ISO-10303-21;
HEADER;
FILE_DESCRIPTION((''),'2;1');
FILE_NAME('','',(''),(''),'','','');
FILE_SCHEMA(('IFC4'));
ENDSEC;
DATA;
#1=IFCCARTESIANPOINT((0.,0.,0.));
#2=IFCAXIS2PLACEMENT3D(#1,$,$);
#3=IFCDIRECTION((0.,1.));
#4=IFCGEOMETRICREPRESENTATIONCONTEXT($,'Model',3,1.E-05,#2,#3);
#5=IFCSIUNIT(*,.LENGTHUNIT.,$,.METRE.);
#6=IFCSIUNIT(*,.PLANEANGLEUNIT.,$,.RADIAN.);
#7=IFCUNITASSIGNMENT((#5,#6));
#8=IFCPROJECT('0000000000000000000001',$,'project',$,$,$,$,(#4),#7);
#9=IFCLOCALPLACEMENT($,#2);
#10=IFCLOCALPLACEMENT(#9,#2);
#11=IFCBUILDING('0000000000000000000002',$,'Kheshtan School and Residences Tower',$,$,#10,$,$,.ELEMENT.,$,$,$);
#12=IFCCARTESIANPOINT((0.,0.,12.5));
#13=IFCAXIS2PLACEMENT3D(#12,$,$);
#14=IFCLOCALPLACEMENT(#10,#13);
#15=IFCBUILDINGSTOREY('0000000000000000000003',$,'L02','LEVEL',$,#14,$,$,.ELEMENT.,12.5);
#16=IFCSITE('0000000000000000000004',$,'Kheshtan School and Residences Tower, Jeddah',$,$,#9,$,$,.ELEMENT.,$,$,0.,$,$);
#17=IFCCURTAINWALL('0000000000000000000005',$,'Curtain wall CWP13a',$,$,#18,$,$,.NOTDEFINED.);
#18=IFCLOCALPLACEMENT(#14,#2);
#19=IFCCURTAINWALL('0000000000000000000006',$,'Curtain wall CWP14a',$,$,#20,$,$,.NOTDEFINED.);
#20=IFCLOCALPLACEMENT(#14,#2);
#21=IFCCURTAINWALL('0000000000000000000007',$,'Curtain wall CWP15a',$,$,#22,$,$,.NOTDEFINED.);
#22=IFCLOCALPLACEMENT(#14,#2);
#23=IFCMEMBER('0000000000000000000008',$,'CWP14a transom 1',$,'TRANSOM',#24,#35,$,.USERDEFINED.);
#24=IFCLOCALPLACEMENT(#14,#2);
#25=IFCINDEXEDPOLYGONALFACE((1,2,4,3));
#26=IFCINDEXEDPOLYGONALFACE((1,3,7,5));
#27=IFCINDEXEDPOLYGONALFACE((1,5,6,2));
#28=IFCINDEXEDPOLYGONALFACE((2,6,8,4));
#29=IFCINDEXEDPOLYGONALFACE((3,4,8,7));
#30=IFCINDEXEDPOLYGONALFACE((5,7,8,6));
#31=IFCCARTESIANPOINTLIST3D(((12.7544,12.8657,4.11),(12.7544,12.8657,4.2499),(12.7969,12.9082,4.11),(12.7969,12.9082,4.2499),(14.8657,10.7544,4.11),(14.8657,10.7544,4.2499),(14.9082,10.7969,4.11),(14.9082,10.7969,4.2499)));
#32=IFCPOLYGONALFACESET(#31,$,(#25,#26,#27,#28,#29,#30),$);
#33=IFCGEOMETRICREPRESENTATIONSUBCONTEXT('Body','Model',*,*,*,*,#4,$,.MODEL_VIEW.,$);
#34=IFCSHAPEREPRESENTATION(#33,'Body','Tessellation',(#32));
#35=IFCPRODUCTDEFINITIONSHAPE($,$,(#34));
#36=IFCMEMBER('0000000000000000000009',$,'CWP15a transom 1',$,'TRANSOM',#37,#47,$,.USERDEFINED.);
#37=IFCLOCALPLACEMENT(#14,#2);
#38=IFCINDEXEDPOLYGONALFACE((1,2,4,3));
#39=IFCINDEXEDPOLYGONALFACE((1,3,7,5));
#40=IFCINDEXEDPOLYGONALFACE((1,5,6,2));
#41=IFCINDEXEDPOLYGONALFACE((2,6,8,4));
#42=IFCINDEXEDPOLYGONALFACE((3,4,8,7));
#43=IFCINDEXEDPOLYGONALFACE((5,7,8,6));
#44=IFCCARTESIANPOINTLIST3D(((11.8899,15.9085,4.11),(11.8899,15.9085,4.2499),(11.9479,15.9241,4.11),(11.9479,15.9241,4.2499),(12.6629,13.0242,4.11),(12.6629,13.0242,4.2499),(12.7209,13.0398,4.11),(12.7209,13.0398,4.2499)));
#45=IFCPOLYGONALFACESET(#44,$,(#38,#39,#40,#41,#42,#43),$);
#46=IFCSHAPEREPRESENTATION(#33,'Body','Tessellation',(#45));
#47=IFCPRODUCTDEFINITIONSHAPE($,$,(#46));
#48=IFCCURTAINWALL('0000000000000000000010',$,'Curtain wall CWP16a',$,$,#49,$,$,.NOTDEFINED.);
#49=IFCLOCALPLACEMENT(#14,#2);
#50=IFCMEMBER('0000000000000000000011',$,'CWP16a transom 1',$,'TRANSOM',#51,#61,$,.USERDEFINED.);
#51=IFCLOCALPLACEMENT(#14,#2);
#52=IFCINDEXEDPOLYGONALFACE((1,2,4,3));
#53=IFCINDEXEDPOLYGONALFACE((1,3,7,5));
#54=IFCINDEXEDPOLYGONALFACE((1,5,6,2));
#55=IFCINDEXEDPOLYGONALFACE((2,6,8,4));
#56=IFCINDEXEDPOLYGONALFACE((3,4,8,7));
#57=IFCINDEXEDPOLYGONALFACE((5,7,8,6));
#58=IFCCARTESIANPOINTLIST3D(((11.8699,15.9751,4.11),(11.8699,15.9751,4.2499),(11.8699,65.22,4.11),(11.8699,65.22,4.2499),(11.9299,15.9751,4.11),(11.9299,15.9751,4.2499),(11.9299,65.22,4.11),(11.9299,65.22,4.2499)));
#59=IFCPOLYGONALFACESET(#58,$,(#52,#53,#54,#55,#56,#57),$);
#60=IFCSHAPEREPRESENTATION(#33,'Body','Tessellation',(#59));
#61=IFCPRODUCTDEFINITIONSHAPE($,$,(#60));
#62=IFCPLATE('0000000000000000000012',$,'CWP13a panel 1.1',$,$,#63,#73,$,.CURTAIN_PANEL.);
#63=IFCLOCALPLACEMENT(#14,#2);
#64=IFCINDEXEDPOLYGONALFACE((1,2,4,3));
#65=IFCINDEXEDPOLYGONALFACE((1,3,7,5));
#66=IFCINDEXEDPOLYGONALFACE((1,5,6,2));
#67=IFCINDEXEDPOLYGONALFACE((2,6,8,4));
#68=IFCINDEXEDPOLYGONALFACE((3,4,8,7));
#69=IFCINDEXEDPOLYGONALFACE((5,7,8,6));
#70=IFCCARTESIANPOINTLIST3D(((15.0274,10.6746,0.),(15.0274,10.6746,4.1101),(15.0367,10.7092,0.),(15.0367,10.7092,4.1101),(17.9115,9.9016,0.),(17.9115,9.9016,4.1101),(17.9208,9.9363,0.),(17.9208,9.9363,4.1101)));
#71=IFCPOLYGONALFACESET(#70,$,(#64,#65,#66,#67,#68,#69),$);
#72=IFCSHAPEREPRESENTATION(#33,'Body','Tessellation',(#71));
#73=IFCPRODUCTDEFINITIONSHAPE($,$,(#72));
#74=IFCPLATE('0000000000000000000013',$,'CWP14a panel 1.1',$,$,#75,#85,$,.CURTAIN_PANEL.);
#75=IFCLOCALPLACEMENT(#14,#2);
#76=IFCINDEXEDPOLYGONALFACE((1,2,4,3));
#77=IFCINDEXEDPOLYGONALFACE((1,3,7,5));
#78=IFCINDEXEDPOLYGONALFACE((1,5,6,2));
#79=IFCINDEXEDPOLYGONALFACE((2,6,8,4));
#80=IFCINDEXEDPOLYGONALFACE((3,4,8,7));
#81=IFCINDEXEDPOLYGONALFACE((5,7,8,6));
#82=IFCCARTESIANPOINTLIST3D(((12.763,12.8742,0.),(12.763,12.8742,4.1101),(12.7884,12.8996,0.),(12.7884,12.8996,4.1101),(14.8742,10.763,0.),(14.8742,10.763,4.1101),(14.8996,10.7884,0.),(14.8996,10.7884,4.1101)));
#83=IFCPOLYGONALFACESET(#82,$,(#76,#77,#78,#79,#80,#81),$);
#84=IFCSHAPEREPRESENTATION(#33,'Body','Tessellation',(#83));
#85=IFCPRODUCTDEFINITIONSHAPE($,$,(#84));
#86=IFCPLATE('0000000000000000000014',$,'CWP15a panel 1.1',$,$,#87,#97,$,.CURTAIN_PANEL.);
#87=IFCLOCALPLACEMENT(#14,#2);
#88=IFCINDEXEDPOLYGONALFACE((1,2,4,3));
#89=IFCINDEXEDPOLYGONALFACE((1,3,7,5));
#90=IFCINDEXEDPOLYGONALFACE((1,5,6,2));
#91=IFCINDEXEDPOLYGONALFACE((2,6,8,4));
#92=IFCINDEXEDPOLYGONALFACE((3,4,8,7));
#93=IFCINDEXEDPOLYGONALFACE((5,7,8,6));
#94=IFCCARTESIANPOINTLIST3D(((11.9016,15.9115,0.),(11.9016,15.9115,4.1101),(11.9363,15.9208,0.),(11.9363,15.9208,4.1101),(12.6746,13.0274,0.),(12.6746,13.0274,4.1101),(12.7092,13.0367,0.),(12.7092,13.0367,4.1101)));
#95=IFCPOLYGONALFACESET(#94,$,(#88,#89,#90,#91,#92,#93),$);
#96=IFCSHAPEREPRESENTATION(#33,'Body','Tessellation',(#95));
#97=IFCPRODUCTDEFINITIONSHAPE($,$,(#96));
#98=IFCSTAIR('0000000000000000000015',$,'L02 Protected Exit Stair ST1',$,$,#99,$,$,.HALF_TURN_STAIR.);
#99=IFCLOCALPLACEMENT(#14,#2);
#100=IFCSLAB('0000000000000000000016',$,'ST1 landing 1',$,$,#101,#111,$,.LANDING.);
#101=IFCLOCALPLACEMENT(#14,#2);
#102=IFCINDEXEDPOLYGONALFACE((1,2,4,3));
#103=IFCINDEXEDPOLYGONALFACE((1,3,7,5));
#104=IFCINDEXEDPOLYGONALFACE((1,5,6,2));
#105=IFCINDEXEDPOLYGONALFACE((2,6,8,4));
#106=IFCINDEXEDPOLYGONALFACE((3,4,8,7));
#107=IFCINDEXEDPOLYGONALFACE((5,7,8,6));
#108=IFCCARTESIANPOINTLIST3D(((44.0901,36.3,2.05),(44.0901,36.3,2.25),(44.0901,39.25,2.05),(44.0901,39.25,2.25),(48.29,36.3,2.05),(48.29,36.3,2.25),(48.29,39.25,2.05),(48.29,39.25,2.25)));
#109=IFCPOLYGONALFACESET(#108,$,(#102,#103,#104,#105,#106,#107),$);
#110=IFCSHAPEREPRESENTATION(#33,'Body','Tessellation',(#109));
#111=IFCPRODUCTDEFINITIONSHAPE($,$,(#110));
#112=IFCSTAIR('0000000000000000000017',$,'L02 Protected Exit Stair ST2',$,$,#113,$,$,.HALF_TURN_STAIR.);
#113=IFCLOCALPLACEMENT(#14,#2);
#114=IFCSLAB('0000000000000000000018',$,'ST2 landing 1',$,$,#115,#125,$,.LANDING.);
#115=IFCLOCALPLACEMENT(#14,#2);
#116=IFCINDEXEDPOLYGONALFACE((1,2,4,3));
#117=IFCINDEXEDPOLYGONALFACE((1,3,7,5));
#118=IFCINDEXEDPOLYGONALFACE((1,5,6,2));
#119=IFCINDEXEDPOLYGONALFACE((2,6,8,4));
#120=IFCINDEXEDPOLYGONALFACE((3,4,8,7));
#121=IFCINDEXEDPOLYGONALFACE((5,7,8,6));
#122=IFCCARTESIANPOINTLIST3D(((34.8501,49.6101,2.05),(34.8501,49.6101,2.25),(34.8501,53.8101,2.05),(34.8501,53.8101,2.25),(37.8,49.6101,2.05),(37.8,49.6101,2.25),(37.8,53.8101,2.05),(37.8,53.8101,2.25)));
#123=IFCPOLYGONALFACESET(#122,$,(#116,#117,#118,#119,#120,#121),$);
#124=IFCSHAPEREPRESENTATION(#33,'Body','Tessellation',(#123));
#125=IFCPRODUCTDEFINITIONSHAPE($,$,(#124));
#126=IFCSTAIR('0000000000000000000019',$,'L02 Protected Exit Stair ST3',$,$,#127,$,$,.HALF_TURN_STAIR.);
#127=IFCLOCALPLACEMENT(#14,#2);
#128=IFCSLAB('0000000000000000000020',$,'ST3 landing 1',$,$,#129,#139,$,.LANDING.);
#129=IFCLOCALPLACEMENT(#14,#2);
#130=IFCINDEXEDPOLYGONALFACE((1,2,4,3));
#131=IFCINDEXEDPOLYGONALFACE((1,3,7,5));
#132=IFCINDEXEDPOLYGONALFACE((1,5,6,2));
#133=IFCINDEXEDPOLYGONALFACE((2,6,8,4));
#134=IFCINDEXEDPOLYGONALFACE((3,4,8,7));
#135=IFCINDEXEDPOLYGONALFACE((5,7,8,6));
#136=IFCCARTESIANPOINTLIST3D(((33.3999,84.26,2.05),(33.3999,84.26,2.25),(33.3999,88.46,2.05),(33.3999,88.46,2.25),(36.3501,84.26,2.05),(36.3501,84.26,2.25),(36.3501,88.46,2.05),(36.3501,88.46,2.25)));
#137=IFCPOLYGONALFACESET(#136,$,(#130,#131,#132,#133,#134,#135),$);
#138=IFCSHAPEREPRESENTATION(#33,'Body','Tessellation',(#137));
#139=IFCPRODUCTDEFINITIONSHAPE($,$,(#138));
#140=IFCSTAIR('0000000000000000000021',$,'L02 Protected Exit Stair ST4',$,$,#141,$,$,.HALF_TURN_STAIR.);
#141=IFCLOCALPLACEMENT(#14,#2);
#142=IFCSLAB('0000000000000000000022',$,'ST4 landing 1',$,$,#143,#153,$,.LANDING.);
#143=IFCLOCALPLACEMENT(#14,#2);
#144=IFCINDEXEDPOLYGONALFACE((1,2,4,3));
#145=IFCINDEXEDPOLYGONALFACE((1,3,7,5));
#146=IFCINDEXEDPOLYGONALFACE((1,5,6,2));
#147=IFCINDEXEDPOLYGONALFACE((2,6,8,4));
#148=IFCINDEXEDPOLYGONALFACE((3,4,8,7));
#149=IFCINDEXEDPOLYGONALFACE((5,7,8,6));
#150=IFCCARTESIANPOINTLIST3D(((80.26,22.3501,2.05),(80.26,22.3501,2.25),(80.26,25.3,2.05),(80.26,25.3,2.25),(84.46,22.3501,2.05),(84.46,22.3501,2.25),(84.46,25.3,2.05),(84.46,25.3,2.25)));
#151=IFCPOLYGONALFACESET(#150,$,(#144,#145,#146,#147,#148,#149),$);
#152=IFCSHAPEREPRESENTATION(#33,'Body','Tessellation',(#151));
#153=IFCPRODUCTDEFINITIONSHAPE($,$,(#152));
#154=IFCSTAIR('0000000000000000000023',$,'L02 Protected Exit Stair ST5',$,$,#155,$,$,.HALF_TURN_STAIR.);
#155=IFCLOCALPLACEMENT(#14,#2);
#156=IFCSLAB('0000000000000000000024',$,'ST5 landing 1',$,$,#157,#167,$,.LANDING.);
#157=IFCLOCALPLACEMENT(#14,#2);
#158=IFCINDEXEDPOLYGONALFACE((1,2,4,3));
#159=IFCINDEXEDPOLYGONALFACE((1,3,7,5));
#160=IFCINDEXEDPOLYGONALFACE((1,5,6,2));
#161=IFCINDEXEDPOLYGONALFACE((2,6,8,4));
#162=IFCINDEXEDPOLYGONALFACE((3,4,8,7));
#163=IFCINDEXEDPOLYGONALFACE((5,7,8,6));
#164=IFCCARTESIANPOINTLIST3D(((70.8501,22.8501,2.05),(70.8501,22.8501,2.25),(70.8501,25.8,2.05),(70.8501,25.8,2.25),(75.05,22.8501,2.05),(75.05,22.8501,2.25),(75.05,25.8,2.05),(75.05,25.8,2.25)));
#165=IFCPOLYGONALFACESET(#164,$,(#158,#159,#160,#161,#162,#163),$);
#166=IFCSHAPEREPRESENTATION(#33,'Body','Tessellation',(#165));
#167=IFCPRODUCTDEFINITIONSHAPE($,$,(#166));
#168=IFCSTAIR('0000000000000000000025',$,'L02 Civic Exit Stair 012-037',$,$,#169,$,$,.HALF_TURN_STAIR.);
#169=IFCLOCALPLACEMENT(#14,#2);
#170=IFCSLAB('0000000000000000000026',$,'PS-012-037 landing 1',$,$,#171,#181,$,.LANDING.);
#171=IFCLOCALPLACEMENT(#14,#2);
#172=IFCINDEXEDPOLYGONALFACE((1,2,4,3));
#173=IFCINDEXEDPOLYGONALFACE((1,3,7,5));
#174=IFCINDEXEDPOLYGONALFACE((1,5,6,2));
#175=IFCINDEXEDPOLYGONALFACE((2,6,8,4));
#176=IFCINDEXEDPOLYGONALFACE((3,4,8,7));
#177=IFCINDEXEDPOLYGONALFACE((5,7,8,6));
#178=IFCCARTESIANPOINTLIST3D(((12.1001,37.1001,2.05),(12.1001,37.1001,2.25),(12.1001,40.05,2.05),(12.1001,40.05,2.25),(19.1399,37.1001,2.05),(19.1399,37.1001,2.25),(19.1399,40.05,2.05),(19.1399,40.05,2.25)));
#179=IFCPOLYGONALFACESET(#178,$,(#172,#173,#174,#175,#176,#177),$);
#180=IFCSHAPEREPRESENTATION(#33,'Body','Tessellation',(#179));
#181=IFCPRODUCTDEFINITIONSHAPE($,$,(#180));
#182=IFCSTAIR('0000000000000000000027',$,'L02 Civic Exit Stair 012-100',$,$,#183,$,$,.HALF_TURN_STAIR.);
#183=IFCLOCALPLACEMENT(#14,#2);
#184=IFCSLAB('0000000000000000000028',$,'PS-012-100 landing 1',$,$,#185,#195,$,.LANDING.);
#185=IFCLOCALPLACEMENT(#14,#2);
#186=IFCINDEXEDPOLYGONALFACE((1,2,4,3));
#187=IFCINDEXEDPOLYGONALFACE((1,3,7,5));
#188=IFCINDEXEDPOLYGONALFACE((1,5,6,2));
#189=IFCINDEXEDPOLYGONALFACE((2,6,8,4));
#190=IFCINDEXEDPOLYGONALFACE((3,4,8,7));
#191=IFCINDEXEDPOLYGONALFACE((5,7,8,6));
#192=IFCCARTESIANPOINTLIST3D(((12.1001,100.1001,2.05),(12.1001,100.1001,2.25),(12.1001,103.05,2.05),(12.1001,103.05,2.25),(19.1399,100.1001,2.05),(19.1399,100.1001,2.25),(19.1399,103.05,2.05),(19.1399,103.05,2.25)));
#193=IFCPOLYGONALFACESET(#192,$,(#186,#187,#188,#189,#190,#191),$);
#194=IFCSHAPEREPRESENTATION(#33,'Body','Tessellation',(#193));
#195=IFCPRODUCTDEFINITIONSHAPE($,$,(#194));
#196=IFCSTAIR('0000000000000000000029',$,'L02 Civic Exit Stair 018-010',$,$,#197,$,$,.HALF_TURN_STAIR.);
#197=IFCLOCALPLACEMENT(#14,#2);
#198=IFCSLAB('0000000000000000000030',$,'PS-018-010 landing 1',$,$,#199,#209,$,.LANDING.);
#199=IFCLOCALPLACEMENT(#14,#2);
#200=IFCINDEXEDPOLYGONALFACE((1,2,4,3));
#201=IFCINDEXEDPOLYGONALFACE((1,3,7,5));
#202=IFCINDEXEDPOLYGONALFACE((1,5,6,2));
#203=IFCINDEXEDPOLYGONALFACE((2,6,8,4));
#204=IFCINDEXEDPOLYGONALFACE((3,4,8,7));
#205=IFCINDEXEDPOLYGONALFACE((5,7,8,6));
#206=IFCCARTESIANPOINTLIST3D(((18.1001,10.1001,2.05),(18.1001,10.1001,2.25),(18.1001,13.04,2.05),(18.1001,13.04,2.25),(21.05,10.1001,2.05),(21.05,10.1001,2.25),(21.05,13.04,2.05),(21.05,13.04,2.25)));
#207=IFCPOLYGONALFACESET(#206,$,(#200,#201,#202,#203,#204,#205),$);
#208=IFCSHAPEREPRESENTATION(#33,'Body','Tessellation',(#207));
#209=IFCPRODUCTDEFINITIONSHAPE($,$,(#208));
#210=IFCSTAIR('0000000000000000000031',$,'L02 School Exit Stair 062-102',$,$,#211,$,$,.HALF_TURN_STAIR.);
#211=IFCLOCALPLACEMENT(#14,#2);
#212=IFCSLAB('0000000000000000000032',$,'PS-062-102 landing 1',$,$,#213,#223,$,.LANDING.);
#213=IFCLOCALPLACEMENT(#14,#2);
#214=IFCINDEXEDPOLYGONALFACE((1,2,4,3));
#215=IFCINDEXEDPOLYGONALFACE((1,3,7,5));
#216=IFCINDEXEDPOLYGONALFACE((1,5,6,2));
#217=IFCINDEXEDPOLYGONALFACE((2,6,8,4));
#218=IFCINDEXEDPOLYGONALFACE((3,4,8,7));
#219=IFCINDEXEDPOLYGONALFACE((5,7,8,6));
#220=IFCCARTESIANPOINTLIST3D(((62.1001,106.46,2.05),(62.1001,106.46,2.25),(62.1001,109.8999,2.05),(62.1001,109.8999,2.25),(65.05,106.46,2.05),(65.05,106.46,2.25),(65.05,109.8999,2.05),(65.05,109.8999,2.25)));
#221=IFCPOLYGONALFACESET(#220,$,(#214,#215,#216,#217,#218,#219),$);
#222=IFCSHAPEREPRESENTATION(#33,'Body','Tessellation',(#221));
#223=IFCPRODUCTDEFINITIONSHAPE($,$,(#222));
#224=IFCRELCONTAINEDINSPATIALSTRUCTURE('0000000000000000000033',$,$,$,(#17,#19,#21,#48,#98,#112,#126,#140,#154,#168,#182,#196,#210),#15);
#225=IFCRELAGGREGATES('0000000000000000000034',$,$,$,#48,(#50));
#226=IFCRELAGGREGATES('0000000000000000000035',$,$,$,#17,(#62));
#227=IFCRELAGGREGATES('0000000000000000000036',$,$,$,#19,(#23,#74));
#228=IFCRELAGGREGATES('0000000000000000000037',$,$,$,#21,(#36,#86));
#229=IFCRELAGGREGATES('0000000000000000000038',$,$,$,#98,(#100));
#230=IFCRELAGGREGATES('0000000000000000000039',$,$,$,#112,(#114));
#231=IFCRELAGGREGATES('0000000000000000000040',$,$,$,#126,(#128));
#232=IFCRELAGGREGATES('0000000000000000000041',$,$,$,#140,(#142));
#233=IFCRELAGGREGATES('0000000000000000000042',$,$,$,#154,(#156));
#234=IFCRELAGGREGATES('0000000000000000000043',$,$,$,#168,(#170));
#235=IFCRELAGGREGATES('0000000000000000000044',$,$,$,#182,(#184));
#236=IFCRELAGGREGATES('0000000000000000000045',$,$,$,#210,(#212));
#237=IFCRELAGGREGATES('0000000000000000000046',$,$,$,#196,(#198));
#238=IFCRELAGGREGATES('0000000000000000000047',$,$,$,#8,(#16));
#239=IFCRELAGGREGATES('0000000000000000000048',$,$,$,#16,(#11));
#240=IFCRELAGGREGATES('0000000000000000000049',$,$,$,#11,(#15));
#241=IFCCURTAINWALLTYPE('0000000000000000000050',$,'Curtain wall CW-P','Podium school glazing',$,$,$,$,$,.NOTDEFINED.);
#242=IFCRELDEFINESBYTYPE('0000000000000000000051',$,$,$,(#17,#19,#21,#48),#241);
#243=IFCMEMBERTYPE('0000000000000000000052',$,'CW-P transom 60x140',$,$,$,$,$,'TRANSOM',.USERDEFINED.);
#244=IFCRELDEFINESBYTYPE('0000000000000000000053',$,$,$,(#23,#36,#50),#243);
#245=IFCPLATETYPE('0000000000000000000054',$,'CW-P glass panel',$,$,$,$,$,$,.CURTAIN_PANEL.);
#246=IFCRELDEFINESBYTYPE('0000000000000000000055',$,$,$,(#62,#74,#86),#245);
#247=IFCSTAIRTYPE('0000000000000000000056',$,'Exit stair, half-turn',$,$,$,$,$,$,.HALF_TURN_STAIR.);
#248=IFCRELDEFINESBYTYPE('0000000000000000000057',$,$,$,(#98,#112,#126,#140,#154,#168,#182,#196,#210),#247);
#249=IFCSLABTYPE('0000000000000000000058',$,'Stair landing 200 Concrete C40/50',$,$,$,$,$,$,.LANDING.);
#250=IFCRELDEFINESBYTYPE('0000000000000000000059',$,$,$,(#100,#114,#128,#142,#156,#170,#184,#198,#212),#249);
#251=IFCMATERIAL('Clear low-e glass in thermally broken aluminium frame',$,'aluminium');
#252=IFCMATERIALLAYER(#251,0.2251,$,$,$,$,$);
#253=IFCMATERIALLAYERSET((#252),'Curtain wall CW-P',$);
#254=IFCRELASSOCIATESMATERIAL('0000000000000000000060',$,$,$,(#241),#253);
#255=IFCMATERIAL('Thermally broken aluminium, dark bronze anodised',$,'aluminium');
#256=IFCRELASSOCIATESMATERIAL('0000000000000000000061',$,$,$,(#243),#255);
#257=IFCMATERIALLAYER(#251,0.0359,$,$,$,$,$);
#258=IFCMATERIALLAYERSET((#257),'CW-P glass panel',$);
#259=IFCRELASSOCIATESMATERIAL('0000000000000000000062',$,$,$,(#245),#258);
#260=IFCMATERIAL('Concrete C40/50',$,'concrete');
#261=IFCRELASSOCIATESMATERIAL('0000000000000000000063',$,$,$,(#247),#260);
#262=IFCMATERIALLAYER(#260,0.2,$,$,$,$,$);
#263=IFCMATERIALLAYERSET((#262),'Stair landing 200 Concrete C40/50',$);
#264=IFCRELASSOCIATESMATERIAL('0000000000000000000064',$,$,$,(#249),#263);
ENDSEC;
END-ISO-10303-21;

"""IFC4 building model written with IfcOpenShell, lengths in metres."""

from ifc_helpers import new_model, si_unit, direction, frame, origin, origin_2d, place, context, subcontext, project, spatial, polyline, rectangle, outline, extrude, material, layer, layer_set, material_profile, profile_set, type_object, element, aggregate, save


model = new_model("IFC4")

# Units and contexts
model_context = context("Model", 3, precision=1e-05, world=origin(), true_north=direction((0.0, 1.0)))
body_context = subcontext(model_context, "Body", "Model", "MODEL_VIEW")
ifc_project = project(units=[si_unit("LENGTHUNIT", "METRE"), si_unit("PLANEANGLEUNIT", "RADIAN")], contexts=[model_context])

# Site, building, storey
site_placement = place(None, origin())
site = spatial("IfcSite", under=ifc_project, at=site_placement, Name="Kheshtan School and Residences Tower, Jeddah", CompositionType="ELEMENT", RefElevation=0.0)
building_placement = place(site_placement, origin())
building = spatial("IfcBuilding", under=site, at=building_placement, Name="Kheshtan School and Residences Tower", CompositionType="ELEMENT")
storey_placement = place(building_placement, frame((0.0, 0.0, 12.5)))
storey = spatial("IfcBuildingStorey", under=building, at=storey_placement, Name="L02", Description="LEVEL", CompositionType="ELEMENT", Elevation=12.5)

# Curtain walls
ifc_material_1 = material(Name="Clear low-e glass in thermally broken aluminium frame", Category="aluminium")
ifc_layer_1 = layer(ifc_material_1, 0.2251)
ifc_layer_set_1 = layer_set([ifc_layer_1], Name="Curtain wall CW-P")
curtain_wall_type = type_object("IfcCurtainWallType", Name="Curtain wall CW-P", Description="Podium school glazing", PredefinedType="NOTDEFINED", material=ifc_layer_set_1)
curtain_wall_1_placement = place(storey_placement, origin())
curtain_wall_1 = element("IfcCurtainWall", 1, at=curtain_wall_1_placement, inside=storey, type_object=curtain_wall_type, Name="Curtain wall CWP13a", PredefinedType="NOTDEFINED")
ifc_material_2 = material(Name="Thermally broken aluminium, dark bronze anodised", Category="aluminium")
curtain_wall_2_placement = place(storey_placement, origin())
curtain_wall_2 = element("IfcCurtainWall", 2, at=curtain_wall_2_placement, inside=storey, type_object=curtain_wall_type, Name="Curtain wall CWP14a", PredefinedType="NOTDEFINED")
curtain_wall_3_placement = place(storey_placement, origin())
curtain_wall_3 = element("IfcCurtainWall", 3, at=curtain_wall_3_placement, inside=storey, type_object=curtain_wall_type, Name="Curtain wall CWP15a", PredefinedType="NOTDEFINED")

# Members
ifc_material_profile_1 = material_profile(ifc_material_2, rectangle(XDim=0.0601, YDim=0.1399, at=origin_2d()), Name="CW-P transom 60x140")
ifc_profile_set_1 = profile_set([ifc_material_profile_1], Name="Thermally broken aluminium, dark bronze anodised")
member_type_1 = type_object("IfcMemberType", Name="CW-P transom 60x140", ElementType="TRANSOM", PredefinedType="USERDEFINED", material=ifc_profile_set_1)
member_1_placement = place(storey_placement, frame((14.887, 10.7756, 4.1799), z_axis=(-0.707107, 0.707107, 0.0), x_axis=(-0.707107, -0.707107, 0.0)))
member_1 = element("IfcMember", 4, at=member_1_placement, type_object=member_type_1, Name="CWP14a transom 1", ObjectType="TRANSOM", PredefinedType="USERDEFINED", context=body_context, shape_type="SweptSolid", body=[
    extrude(rectangle(XDim=0.0601, YDim=0.1399, at=origin_2d()), origin(), (0.0, 0.0, 1.0), 2.9858),
])
member_2_placement = place(storey_placement, frame((12.6919, 13.032, 4.1799), z_axis=(-0.258853, 0.965917, 0.0), x_axis=(-0.965917, -0.258853, 0.0)))
member_2 = element("IfcMember", 5, at=member_2_placement, type_object=member_type_1, Name="CWP15a transom 1", ObjectType="TRANSOM", PredefinedType="USERDEFINED", context=body_context, shape_type="SweptSolid", body=[
    extrude(rectangle(XDim=0.0601, YDim=0.1399, at=origin_2d()), origin(), (0.0, 0.0, 1.0), 2.9861),
])

# Curtain wall, member
curtain_wall_4_placement = place(storey_placement, origin())
curtain_wall_4 = element("IfcCurtainWall", 6, at=curtain_wall_4_placement, inside=storey, type_object=curtain_wall_type, Name="Curtain wall CWP16a", PredefinedType="NOTDEFINED")
member_3_placement = place(storey_placement, frame((11.8999, 15.9751, 4.1799), z_axis=(0.0, 1.0, 0.0), x_axis=(-1.0, 0.0, 0.0)))
member_3 = element("IfcMember", 7, at=member_3_placement, type_object=member_type_1, Name="CWP16a transom 1", ObjectType="TRANSOM", PredefinedType="USERDEFINED", context=body_context, shape_type="SweptSolid", body=[
    extrude(rectangle(XDim=0.0601, YDim=0.1399, at=origin_2d()), origin(), (0.0, 0.0, 1.0), 49.2449),
])
aggregate(curtain_wall_4, [member_3])

# Plates
ifc_layer_2 = layer(ifc_material_1, 0.0359)
ifc_layer_set_2 = layer_set([ifc_layer_2], Name="CW-P glass panel")
plate_type = type_object("IfcPlateType", Name="CW-P glass panel", PredefinedType="CURTAIN_PANEL", material=ifc_layer_set_2)
plate_1_placement = place(storey_placement, frame((16.4741, 10.3054, 0.0), z_axis=(0.0, 0.0, 1.0), x_axis=(-0.965914, 0.258865, 0.0)))
plate_1 = element("IfcPlate", 8, at=plate_1_placement, type_object=plate_type, Name="CWP13a panel 1.1", PredefinedType="CURTAIN_PANEL", context=body_context, shape_type="SweptSolid", body=[
    extrude(rectangle(XDim=2.9858, YDim=0.0359, at=origin_2d()), origin(), (0.0, 0.0, 1.0), 4.1101),
])
aggregate(curtain_wall_1, [plate_1])
plate_2_placement = place(storey_placement, frame((13.8313, 11.8313, 0.0), z_axis=(0.0, 0.0, 1.0), x_axis=(-0.707107, 0.707107, 0.0)))
plate_2 = element("IfcPlate", 9, at=plate_2_placement, type_object=plate_type, Name="CWP14a panel 1.1", PredefinedType="CURTAIN_PANEL", context=body_context, shape_type="SweptSolid", body=[
    extrude(rectangle(XDim=2.9856, YDim=0.0359, at=origin_2d()), origin(), (0.0, 0.0, 1.0), 4.1101),
])
aggregate(curtain_wall_2, [member_1, plate_2])
plate_3_placement = place(storey_placement, frame((12.3054, 14.4741, 0.0), z_axis=(0.0, 0.0, 1.0), x_axis=(-0.258865, 0.965914, 0.0)))
plate_3 = element("IfcPlate", 10, at=plate_3_placement, type_object=plate_type, Name="CWP15a panel 1.1", PredefinedType="CURTAIN_PANEL", context=body_context, shape_type="SweptSolid", body=[
    extrude(rectangle(XDim=2.9858, YDim=0.0359, at=origin_2d()), origin(), (0.0, 0.0, 1.0), 4.1101),
])
aggregate(curtain_wall_3, [member_2, plate_3])

# Shared definitions
ifc_material_3 = material(Name="Concrete C40/50", Category="concrete")

# Stairs, slabs
stair_type = type_object("IfcStairType", Name="Exit stair, half-turn", PredefinedType="HALF_TURN_STAIR", material=ifc_material_3)
stair_1_placement = place(storey_placement, origin())
stair_1 = element("IfcStair", 11, at=stair_1_placement, inside=storey, type_object=stair_type, Name="L02 Protected Exit Stair ST1", PredefinedType="HALF_TURN_STAIR")
ifc_layer_3 = layer(ifc_material_3, 0.2)
ifc_layer_set_3 = layer_set([ifc_layer_3], Name="Stair landing 200 Concrete C40/50")
slab_type_1 = type_object("IfcSlabType", Name="Stair landing 200 Concrete C40/50", PredefinedType="LANDING", material=ifc_layer_set_3)
slab_1_placement = place(storey_placement, frame((0.0, 0.0, 2.05)))
slab_1 = element("IfcSlab", 12, at=slab_1_placement, type_object=slab_type_1, Name="ST1 landing 1", PredefinedType="LANDING", context=body_context, shape_type="SweptSolid", body=[
    extrude(outline(polyline([(48.29, 39.25), (44.0901, 39.25), (44.0901, 36.3), (48.29, 36.3), (48.29, 39.25)])), origin(), (0.0, 0.0, 1.0), 0.2),
])
aggregate(stair_1, [slab_1])
stair_2_placement = place(storey_placement, origin())
stair_2 = element("IfcStair", 13, at=stair_2_placement, inside=storey, type_object=stair_type, Name="L02 Protected Exit Stair ST2", PredefinedType="HALF_TURN_STAIR")
slab_2_placement = place(storey_placement, frame((0.0, 0.0, 2.05)))
slab_2 = element("IfcSlab", 14, at=slab_2_placement, type_object=slab_type_1, Name="ST2 landing 1", PredefinedType="LANDING", context=body_context, shape_type="SweptSolid", body=[
    extrude(outline(polyline([(37.8, 49.6101), (37.8, 53.8101), (34.8501, 53.8101), (34.8501, 49.6101), (37.8, 49.6101)])), origin(), (0.0, 0.0, 1.0), 0.2),
])
aggregate(stair_2, [slab_2])
stair_3_placement = place(storey_placement, origin())
stair_3 = element("IfcStair", 15, at=stair_3_placement, inside=storey, type_object=stair_type, Name="L02 Protected Exit Stair ST3", PredefinedType="HALF_TURN_STAIR")
slab_3_placement = place(storey_placement, frame((0.0, 0.0, 2.05)))
slab_3 = element("IfcSlab", 16, at=slab_3_placement, type_object=slab_type_1, Name="ST3 landing 1", PredefinedType="LANDING", context=body_context, shape_type="SweptSolid", body=[
    extrude(outline(polyline([(36.3501, 84.26), (36.3501, 88.46), (33.3999, 88.46), (33.3999, 84.26), (36.3501, 84.26)])), origin(), (0.0, 0.0, 1.0), 0.2),
])
aggregate(stair_3, [slab_3])
stair_4_placement = place(storey_placement, origin())
stair_4 = element("IfcStair", 17, at=stair_4_placement, inside=storey, type_object=stair_type, Name="L02 Protected Exit Stair ST4", PredefinedType="HALF_TURN_STAIR")
slab_4_placement = place(storey_placement, frame((0.0, 0.0, 2.05)))
slab_4 = element("IfcSlab", 18, at=slab_4_placement, type_object=slab_type_1, Name="ST4 landing 1", PredefinedType="LANDING", context=body_context, shape_type="SweptSolid", body=[
    extrude(outline(polyline([(84.46, 25.3), (80.26, 25.3), (80.26, 22.3501), (84.46, 22.3501), (84.46, 25.3)])), origin(), (0.0, 0.0, 1.0), 0.2),
])
aggregate(stair_4, [slab_4])
stair_5_placement = place(storey_placement, origin())
stair_5 = element("IfcStair", 19, at=stair_5_placement, inside=storey, type_object=stair_type, Name="L02 Protected Exit Stair ST5", PredefinedType="HALF_TURN_STAIR")
slab_5_placement = place(storey_placement, frame((0.0, 0.0, 2.05)))
slab_5 = element("IfcSlab", 20, at=slab_5_placement, type_object=slab_type_1, Name="ST5 landing 1", PredefinedType="LANDING", context=body_context, shape_type="SweptSolid", body=[
    extrude(outline(polyline([(75.05, 25.8), (70.8501, 25.8), (70.8501, 22.8501), (75.05, 22.8501), (75.05, 25.8)])), origin(), (0.0, 0.0, 1.0), 0.2),
])
aggregate(stair_5, [slab_5])
stair_6_placement = place(storey_placement, origin())
stair_6 = element("IfcStair", 21, at=stair_6_placement, inside=storey, type_object=stair_type, Name="L02 Civic Exit Stair 012-037", PredefinedType="HALF_TURN_STAIR")
slab_6_placement = place(storey_placement, frame((0.0, 0.0, 2.05)))
slab_6 = element("IfcSlab", 22, at=slab_6_placement, type_object=slab_type_1, Name="PS-012-037 landing 1", PredefinedType="LANDING", context=body_context, shape_type="SweptSolid", body=[
    extrude(outline(polyline([(19.1399, 40.05), (12.1001, 40.05), (12.1001, 37.1001), (19.1399, 37.1001), (19.1399, 40.05)])), origin(), (0.0, 0.0, 1.0), 0.2),
])
aggregate(stair_6, [slab_6])
stair_7_placement = place(storey_placement, origin())
stair_7 = element("IfcStair", 23, at=stair_7_placement, inside=storey, type_object=stair_type, Name="L02 Civic Exit Stair 012-100", PredefinedType="HALF_TURN_STAIR")
slab_7_placement = place(storey_placement, frame((0.0, 0.0, 2.05)))
slab_7 = element("IfcSlab", 24, at=slab_7_placement, type_object=slab_type_1, Name="PS-012-100 landing 1", PredefinedType="LANDING", context=body_context, shape_type="SweptSolid", body=[
    extrude(outline(polyline([(19.1399, 103.05), (12.1001, 103.05), (12.1001, 100.1001), (19.1399, 100.1001), (19.1399, 103.05)])), origin(), (0.0, 0.0, 1.0), 0.2),
])
aggregate(stair_7, [slab_7])
stair_8_placement = place(storey_placement, origin())
stair_8 = element("IfcStair", 25, at=stair_8_placement, inside=storey, type_object=stair_type, Name="L02 Civic Exit Stair 018-010", PredefinedType="HALF_TURN_STAIR")
slab_8_placement = place(storey_placement, frame((0.0, 0.0, 2.05)))
slab_8 = element("IfcSlab", 26, at=slab_8_placement, type_object=slab_type_1, Name="PS-018-010 landing 1", PredefinedType="LANDING", context=body_context, shape_type="SweptSolid", body=[
    extrude(outline(polyline([(18.1001, 13.04), (18.1001, 10.1001), (21.05, 10.1001), (21.05, 13.04), (18.1001, 13.04)])), origin(), (0.0, 0.0, 1.0), 0.2),
])
stair_9_placement = place(storey_placement, origin())
stair_9 = element("IfcStair", 27, at=stair_9_placement, inside=storey, type_object=stair_type, Name="L02 School Exit Stair 062-102", PredefinedType="HALF_TURN_STAIR")
slab_9_placement = place(storey_placement, frame((0.0, 0.0, 2.05)))
slab_9 = element("IfcSlab", 28, at=slab_9_placement, type_object=slab_type_1, Name="PS-062-102 landing 1", PredefinedType="LANDING", context=body_context, shape_type="SweptSolid", body=[
    extrude(outline(polyline([(65.05, 106.46), (65.05, 109.8999), (62.1001, 109.8999), (62.1001, 106.46), (65.05, 106.46)])), origin(), (0.0, 0.0, 1.0), 0.2),
])
aggregate(stair_9, [slab_9])

aggregate(stair_8, [slab_8])

save(model, "model.ifc")
